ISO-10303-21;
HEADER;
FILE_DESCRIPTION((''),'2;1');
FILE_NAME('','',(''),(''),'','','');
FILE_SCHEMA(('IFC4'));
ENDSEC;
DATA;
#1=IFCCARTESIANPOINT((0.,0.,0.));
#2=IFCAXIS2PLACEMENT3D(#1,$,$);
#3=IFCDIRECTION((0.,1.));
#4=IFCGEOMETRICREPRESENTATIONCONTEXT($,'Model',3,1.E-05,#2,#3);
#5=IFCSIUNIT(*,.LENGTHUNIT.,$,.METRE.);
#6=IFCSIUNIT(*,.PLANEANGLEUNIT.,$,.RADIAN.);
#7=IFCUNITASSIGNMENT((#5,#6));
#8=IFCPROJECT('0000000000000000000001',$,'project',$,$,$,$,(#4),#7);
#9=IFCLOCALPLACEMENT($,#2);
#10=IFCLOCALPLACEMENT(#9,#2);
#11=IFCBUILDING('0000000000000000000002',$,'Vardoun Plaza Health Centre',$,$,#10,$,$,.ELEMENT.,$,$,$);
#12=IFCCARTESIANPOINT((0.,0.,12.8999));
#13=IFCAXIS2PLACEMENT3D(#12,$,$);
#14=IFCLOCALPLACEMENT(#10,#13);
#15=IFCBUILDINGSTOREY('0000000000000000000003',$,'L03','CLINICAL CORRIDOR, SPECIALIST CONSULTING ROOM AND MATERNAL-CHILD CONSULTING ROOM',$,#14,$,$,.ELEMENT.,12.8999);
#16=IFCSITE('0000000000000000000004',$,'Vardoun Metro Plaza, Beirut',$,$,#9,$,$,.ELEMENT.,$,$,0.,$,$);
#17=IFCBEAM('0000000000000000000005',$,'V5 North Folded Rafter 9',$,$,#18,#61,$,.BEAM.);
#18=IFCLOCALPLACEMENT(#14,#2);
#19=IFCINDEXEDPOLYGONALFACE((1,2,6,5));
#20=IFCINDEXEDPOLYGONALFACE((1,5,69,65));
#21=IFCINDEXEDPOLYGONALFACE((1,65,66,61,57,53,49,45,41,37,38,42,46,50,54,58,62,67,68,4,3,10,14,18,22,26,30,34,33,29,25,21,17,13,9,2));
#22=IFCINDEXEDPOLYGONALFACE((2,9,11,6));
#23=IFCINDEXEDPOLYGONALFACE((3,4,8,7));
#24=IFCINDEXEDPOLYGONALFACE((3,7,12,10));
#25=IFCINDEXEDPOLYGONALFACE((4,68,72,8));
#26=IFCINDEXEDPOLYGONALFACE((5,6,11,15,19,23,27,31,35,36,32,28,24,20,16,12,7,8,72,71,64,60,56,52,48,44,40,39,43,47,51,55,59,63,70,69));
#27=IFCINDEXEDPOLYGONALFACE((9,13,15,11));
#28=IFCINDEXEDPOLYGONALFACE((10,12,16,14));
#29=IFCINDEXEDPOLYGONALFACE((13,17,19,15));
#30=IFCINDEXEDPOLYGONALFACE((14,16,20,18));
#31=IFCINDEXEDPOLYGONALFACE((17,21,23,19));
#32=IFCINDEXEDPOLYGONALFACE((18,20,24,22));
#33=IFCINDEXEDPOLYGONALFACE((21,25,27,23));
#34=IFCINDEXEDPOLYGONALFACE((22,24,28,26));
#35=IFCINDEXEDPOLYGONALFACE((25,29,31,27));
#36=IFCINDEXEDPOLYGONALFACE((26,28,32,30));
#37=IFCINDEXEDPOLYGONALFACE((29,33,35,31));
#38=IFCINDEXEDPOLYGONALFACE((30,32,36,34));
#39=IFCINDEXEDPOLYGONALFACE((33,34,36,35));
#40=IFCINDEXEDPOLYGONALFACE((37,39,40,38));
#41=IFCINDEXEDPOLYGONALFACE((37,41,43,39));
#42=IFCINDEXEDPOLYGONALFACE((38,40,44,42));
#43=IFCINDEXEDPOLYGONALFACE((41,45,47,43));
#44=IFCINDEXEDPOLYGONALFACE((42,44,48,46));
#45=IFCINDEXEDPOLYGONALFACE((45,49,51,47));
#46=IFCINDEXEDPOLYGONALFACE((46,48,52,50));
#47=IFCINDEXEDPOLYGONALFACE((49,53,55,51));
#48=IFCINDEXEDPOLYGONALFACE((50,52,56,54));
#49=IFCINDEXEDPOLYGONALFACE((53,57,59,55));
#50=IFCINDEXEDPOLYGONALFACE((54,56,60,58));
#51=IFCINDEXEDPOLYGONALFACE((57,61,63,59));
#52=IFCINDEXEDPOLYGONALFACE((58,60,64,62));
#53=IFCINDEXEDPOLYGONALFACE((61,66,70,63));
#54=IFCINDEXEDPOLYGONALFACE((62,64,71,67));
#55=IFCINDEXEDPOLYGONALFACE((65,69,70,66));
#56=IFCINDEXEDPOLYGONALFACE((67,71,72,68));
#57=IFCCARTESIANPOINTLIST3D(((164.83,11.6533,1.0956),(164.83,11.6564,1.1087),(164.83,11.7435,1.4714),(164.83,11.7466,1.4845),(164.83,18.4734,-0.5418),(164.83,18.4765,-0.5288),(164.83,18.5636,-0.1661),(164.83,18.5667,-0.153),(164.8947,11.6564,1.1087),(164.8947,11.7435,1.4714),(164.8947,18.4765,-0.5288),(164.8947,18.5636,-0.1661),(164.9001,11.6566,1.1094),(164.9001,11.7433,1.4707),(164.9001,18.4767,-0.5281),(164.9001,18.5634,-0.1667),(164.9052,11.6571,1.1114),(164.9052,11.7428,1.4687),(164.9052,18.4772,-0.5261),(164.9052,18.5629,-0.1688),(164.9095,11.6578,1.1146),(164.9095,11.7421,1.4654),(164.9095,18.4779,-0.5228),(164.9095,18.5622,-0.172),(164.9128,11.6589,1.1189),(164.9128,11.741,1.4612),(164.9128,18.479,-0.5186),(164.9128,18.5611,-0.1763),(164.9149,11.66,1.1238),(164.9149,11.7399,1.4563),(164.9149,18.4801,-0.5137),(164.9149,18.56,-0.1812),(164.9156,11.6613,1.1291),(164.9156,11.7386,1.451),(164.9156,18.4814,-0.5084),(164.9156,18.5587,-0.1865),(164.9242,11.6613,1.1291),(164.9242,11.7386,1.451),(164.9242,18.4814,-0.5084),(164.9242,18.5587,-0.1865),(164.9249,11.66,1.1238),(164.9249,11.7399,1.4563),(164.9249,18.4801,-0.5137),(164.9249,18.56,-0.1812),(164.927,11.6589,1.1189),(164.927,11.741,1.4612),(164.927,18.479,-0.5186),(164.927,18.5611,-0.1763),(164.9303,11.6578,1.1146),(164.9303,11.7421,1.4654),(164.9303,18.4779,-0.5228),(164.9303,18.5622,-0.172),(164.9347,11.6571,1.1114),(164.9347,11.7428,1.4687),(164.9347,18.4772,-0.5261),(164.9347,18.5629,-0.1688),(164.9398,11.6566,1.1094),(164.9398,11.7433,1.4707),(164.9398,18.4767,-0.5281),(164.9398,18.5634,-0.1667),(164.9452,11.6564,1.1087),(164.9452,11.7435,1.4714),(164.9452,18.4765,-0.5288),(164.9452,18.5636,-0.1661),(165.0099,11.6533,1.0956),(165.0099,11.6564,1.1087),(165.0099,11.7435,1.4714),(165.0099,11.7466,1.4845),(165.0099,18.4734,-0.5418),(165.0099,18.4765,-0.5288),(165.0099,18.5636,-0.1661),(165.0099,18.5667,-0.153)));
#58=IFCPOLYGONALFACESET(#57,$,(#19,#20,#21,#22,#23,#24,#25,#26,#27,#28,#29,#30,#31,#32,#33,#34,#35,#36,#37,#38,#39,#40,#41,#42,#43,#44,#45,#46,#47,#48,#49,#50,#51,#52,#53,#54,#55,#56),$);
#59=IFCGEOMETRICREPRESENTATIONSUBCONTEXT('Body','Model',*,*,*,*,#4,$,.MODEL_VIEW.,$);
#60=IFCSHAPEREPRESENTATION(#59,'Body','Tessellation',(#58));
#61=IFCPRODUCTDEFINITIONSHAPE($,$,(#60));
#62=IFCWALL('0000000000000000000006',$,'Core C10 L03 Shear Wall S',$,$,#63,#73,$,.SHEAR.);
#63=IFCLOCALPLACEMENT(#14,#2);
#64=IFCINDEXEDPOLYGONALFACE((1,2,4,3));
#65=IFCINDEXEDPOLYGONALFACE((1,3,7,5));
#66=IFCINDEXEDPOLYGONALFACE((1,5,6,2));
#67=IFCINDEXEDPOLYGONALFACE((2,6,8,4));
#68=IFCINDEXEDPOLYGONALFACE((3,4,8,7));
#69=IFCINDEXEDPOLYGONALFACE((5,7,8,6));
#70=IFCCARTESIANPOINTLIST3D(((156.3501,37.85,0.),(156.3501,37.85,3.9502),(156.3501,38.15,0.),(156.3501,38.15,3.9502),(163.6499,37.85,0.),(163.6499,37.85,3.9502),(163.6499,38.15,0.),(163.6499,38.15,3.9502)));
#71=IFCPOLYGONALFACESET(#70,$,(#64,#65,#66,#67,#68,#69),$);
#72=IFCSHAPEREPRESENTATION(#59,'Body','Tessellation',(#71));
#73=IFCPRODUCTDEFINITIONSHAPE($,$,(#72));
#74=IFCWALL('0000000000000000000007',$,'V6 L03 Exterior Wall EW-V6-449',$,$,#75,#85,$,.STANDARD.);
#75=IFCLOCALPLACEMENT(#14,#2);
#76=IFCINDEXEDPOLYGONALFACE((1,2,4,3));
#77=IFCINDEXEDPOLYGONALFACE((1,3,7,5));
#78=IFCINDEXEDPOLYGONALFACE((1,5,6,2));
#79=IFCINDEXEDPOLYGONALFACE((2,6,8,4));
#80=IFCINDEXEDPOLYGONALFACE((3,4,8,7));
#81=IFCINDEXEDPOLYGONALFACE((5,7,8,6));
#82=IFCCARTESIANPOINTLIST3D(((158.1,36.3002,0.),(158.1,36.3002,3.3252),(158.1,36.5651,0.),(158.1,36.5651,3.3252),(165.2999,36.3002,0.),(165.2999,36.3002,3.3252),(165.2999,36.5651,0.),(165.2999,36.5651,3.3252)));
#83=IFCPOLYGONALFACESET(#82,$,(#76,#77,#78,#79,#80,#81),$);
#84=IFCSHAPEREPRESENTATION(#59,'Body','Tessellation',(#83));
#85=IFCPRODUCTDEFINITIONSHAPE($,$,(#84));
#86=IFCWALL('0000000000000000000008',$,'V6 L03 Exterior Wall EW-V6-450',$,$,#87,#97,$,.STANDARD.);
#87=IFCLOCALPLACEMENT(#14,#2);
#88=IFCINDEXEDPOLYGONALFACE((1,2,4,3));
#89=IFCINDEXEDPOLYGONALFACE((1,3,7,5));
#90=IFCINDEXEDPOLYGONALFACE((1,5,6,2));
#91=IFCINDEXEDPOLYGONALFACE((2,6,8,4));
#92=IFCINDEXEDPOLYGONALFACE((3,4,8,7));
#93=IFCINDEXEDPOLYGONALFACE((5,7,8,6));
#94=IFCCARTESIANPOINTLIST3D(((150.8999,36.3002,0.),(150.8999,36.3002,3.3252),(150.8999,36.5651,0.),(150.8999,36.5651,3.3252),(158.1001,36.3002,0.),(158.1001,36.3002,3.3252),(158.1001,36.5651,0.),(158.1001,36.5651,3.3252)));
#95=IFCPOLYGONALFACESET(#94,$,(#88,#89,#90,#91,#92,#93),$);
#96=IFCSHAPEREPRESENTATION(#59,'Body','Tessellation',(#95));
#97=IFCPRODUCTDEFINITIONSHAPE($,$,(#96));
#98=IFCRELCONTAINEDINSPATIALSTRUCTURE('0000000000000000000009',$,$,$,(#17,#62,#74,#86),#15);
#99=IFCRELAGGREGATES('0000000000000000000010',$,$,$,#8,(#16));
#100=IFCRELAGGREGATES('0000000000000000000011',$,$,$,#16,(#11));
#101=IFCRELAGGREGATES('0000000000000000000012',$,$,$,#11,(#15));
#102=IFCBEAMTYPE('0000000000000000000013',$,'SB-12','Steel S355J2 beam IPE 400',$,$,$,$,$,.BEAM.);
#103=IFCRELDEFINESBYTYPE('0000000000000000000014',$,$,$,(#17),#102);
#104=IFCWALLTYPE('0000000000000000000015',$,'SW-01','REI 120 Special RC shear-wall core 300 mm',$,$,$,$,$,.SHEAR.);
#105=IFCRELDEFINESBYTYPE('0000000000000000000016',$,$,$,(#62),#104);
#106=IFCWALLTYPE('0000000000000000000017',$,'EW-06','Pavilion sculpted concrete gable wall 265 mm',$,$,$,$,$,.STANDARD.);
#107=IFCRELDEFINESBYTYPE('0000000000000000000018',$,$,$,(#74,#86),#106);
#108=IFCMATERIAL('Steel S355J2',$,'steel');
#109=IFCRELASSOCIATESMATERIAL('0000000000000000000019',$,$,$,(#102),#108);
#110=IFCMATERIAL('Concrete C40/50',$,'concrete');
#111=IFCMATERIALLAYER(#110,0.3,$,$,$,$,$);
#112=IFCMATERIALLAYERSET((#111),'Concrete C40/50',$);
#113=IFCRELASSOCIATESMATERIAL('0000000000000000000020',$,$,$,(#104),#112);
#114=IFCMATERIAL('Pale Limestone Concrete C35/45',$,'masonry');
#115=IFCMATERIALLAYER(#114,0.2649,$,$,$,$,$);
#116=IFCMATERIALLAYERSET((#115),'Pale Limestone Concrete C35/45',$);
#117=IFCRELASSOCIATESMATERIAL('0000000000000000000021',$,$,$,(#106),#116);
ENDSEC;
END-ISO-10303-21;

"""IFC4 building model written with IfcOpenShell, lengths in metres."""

from ifc_helpers import new_model, si_unit, direction, frame, frame_2d, origin, origin_2d, place, context, subcontext, project, spatial, rectangle, i_section, extrude, material, layer, layer_set, material_profile, profile_set, type_object, element, save


model = new_model("IFC4")

# Units and contexts
model_context = context("Model", 3, precision=1e-05, world=origin(), true_north=direction((0.0, 1.0)))
body_context = subcontext(model_context, "Body", "Model", "MODEL_VIEW")
ifc_project = project(units=[si_unit("LENGTHUNIT", "METRE"), si_unit("PLANEANGLEUNIT", "RADIAN")], contexts=[model_context])

# Site, building, storey
site_placement = place(None, origin())
site = spatial("IfcSite", under=ifc_project, at=site_placement, Name="Vardoun Metro Plaza, Beirut", CompositionType="ELEMENT", RefElevation=0.0)
building_placement = place(site_placement, origin())
building = spatial("IfcBuilding", under=site, at=building_placement, Name="Vardoun Plaza Health Centre", CompositionType="ELEMENT")
storey_placement = place(building_placement, frame((0.0, 0.0, 12.8999)))
storey = spatial("IfcBuildingStorey", under=building, at=storey_placement, Name="L03", Description="CLINICAL CORRIDOR, SPECIALIST CONSULTING ROOM AND MATERNAL-CHILD CONSULTING ROOM", CompositionType="ELEMENT", Elevation=12.8999)

# Beam
ifc_material_1 = material(Name="Steel S355J2", Category="steel")
ifc_material_profile_1 = material_profile(ifc_material_1, i_section(OverallWidth=0.1799, OverallDepth=0.3999, WebThickness=0.0085, FlangeThickness=0.0134, FilletRadius=0.021, at=origin_2d()), Name="IPE 400")
ifc_profile_set_1 = profile_set([ifc_material_profile_1], Name="Steel S355J2")
beam_type_1 = type_object("IfcBeamType", Name="SB-12", Description="Steel S355J2 beam IPE 400", PredefinedType="BEAM", material=ifc_profile_set_1)
for number, where, z_axis, x_axis, name in (
    (1, (164.9199, 11.7, 1.29), (0.0, 0.972367, -0.233459), (-1.0, 0.0, 0.0), "V5 North Folded Rafter 9"),
):
    element("IfcBeam", number, at=place(storey_placement, frame(where, z_axis=z_axis, x_axis=x_axis)), inside=storey, type_object=beam_type_1, Name=name, PredefinedType="BEAM", context=body_context, shape_type="SweptSolid", body=[
        extrude(i_section(OverallWidth=0.1799, OverallDepth=0.3999, WebThickness=0.0085, FlangeThickness=0.0134, FilletRadius=0.021, at=origin_2d()), origin(), (0.0, 0.0, 1.0), 7.0139),
    ])

# Wall
ifc_material_2 = material(Name="Concrete C40/50", Category="concrete")
ifc_layer_1 = layer(ifc_material_2, 0.3)
ifc_layer_set_1 = layer_set([ifc_layer_1], Name="Concrete C40/50")
wall_type_1 = type_object("IfcWallType", Name="SW-01", Description="REI 120 Special RC shear-wall core 300 mm", PredefinedType="SHEAR", material=ifc_layer_set_1)
wall_1_placement = place(storey_placement, frame((163.6499, 38.0, 0.0), z_axis=(0.0, 0.0, 1.0), x_axis=(-1.0, 0.0, 0.0)))
element("IfcWall", 2, at=wall_1_placement, inside=storey, type_object=wall_type_1, Name="Core C10 L03 Shear Wall S", PredefinedType="SHEAR", context=body_context, shape_type="SweptSolid", body=[
    extrude(rectangle(XDim=7.2998, YDim=0.3, at=frame_2d((3.6499, 0.0))), origin(), (0.0, 0.0, 1.0), 3.9502),
])

# Walls
ifc_material_3 = material(Name="Pale Limestone Concrete C35/45", Category="masonry")
ifc_layer_2 = layer(ifc_material_3, 0.2649)
ifc_layer_set_2 = layer_set([ifc_layer_2], Name="Pale Limestone Concrete C35/45")
wall_type_2 = type_object("IfcWallType", Name="EW-06", Description="Pavilion sculpted concrete gable wall 265 mm", PredefinedType="STANDARD", material=ifc_layer_set_2)
wall_2_placement = place(storey_placement, frame((165.3, 36.4326, 0.0), z_axis=(0.0, 0.0, 1.0), x_axis=(-1.0, 0.0, 0.0)))
element("IfcWall", 3, at=wall_2_placement, inside=storey, type_object=wall_type_2, Name="V6 L03 Exterior Wall EW-V6-449", PredefinedType="STANDARD", context=body_context, shape_type="SweptSolid", body=[
    extrude(rectangle(XDim=7.2, YDim=0.2649, at=frame_2d((3.6001, 0.0))), origin(), (0.0, 0.0, 1.0), 3.3252),
])
wall_3_placement = place(storey_placement, frame((158.1001, 36.4326, 0.0), z_axis=(0.0, 0.0, 1.0), x_axis=(-1.0, 0.0, 0.0)))
element("IfcWall", 4, at=wall_3_placement, inside=storey, type_object=wall_type_2, Name="V6 L03 Exterior Wall EW-V6-450", PredefinedType="STANDARD", context=body_context, shape_type="SweptSolid", body=[
    extrude(rectangle(XDim=7.2002, YDim=0.2649, at=frame_2d((3.6001, 0.0))), origin(), (0.0, 0.0, 1.0), 3.3252),
])

save(model, "model.ifc")
